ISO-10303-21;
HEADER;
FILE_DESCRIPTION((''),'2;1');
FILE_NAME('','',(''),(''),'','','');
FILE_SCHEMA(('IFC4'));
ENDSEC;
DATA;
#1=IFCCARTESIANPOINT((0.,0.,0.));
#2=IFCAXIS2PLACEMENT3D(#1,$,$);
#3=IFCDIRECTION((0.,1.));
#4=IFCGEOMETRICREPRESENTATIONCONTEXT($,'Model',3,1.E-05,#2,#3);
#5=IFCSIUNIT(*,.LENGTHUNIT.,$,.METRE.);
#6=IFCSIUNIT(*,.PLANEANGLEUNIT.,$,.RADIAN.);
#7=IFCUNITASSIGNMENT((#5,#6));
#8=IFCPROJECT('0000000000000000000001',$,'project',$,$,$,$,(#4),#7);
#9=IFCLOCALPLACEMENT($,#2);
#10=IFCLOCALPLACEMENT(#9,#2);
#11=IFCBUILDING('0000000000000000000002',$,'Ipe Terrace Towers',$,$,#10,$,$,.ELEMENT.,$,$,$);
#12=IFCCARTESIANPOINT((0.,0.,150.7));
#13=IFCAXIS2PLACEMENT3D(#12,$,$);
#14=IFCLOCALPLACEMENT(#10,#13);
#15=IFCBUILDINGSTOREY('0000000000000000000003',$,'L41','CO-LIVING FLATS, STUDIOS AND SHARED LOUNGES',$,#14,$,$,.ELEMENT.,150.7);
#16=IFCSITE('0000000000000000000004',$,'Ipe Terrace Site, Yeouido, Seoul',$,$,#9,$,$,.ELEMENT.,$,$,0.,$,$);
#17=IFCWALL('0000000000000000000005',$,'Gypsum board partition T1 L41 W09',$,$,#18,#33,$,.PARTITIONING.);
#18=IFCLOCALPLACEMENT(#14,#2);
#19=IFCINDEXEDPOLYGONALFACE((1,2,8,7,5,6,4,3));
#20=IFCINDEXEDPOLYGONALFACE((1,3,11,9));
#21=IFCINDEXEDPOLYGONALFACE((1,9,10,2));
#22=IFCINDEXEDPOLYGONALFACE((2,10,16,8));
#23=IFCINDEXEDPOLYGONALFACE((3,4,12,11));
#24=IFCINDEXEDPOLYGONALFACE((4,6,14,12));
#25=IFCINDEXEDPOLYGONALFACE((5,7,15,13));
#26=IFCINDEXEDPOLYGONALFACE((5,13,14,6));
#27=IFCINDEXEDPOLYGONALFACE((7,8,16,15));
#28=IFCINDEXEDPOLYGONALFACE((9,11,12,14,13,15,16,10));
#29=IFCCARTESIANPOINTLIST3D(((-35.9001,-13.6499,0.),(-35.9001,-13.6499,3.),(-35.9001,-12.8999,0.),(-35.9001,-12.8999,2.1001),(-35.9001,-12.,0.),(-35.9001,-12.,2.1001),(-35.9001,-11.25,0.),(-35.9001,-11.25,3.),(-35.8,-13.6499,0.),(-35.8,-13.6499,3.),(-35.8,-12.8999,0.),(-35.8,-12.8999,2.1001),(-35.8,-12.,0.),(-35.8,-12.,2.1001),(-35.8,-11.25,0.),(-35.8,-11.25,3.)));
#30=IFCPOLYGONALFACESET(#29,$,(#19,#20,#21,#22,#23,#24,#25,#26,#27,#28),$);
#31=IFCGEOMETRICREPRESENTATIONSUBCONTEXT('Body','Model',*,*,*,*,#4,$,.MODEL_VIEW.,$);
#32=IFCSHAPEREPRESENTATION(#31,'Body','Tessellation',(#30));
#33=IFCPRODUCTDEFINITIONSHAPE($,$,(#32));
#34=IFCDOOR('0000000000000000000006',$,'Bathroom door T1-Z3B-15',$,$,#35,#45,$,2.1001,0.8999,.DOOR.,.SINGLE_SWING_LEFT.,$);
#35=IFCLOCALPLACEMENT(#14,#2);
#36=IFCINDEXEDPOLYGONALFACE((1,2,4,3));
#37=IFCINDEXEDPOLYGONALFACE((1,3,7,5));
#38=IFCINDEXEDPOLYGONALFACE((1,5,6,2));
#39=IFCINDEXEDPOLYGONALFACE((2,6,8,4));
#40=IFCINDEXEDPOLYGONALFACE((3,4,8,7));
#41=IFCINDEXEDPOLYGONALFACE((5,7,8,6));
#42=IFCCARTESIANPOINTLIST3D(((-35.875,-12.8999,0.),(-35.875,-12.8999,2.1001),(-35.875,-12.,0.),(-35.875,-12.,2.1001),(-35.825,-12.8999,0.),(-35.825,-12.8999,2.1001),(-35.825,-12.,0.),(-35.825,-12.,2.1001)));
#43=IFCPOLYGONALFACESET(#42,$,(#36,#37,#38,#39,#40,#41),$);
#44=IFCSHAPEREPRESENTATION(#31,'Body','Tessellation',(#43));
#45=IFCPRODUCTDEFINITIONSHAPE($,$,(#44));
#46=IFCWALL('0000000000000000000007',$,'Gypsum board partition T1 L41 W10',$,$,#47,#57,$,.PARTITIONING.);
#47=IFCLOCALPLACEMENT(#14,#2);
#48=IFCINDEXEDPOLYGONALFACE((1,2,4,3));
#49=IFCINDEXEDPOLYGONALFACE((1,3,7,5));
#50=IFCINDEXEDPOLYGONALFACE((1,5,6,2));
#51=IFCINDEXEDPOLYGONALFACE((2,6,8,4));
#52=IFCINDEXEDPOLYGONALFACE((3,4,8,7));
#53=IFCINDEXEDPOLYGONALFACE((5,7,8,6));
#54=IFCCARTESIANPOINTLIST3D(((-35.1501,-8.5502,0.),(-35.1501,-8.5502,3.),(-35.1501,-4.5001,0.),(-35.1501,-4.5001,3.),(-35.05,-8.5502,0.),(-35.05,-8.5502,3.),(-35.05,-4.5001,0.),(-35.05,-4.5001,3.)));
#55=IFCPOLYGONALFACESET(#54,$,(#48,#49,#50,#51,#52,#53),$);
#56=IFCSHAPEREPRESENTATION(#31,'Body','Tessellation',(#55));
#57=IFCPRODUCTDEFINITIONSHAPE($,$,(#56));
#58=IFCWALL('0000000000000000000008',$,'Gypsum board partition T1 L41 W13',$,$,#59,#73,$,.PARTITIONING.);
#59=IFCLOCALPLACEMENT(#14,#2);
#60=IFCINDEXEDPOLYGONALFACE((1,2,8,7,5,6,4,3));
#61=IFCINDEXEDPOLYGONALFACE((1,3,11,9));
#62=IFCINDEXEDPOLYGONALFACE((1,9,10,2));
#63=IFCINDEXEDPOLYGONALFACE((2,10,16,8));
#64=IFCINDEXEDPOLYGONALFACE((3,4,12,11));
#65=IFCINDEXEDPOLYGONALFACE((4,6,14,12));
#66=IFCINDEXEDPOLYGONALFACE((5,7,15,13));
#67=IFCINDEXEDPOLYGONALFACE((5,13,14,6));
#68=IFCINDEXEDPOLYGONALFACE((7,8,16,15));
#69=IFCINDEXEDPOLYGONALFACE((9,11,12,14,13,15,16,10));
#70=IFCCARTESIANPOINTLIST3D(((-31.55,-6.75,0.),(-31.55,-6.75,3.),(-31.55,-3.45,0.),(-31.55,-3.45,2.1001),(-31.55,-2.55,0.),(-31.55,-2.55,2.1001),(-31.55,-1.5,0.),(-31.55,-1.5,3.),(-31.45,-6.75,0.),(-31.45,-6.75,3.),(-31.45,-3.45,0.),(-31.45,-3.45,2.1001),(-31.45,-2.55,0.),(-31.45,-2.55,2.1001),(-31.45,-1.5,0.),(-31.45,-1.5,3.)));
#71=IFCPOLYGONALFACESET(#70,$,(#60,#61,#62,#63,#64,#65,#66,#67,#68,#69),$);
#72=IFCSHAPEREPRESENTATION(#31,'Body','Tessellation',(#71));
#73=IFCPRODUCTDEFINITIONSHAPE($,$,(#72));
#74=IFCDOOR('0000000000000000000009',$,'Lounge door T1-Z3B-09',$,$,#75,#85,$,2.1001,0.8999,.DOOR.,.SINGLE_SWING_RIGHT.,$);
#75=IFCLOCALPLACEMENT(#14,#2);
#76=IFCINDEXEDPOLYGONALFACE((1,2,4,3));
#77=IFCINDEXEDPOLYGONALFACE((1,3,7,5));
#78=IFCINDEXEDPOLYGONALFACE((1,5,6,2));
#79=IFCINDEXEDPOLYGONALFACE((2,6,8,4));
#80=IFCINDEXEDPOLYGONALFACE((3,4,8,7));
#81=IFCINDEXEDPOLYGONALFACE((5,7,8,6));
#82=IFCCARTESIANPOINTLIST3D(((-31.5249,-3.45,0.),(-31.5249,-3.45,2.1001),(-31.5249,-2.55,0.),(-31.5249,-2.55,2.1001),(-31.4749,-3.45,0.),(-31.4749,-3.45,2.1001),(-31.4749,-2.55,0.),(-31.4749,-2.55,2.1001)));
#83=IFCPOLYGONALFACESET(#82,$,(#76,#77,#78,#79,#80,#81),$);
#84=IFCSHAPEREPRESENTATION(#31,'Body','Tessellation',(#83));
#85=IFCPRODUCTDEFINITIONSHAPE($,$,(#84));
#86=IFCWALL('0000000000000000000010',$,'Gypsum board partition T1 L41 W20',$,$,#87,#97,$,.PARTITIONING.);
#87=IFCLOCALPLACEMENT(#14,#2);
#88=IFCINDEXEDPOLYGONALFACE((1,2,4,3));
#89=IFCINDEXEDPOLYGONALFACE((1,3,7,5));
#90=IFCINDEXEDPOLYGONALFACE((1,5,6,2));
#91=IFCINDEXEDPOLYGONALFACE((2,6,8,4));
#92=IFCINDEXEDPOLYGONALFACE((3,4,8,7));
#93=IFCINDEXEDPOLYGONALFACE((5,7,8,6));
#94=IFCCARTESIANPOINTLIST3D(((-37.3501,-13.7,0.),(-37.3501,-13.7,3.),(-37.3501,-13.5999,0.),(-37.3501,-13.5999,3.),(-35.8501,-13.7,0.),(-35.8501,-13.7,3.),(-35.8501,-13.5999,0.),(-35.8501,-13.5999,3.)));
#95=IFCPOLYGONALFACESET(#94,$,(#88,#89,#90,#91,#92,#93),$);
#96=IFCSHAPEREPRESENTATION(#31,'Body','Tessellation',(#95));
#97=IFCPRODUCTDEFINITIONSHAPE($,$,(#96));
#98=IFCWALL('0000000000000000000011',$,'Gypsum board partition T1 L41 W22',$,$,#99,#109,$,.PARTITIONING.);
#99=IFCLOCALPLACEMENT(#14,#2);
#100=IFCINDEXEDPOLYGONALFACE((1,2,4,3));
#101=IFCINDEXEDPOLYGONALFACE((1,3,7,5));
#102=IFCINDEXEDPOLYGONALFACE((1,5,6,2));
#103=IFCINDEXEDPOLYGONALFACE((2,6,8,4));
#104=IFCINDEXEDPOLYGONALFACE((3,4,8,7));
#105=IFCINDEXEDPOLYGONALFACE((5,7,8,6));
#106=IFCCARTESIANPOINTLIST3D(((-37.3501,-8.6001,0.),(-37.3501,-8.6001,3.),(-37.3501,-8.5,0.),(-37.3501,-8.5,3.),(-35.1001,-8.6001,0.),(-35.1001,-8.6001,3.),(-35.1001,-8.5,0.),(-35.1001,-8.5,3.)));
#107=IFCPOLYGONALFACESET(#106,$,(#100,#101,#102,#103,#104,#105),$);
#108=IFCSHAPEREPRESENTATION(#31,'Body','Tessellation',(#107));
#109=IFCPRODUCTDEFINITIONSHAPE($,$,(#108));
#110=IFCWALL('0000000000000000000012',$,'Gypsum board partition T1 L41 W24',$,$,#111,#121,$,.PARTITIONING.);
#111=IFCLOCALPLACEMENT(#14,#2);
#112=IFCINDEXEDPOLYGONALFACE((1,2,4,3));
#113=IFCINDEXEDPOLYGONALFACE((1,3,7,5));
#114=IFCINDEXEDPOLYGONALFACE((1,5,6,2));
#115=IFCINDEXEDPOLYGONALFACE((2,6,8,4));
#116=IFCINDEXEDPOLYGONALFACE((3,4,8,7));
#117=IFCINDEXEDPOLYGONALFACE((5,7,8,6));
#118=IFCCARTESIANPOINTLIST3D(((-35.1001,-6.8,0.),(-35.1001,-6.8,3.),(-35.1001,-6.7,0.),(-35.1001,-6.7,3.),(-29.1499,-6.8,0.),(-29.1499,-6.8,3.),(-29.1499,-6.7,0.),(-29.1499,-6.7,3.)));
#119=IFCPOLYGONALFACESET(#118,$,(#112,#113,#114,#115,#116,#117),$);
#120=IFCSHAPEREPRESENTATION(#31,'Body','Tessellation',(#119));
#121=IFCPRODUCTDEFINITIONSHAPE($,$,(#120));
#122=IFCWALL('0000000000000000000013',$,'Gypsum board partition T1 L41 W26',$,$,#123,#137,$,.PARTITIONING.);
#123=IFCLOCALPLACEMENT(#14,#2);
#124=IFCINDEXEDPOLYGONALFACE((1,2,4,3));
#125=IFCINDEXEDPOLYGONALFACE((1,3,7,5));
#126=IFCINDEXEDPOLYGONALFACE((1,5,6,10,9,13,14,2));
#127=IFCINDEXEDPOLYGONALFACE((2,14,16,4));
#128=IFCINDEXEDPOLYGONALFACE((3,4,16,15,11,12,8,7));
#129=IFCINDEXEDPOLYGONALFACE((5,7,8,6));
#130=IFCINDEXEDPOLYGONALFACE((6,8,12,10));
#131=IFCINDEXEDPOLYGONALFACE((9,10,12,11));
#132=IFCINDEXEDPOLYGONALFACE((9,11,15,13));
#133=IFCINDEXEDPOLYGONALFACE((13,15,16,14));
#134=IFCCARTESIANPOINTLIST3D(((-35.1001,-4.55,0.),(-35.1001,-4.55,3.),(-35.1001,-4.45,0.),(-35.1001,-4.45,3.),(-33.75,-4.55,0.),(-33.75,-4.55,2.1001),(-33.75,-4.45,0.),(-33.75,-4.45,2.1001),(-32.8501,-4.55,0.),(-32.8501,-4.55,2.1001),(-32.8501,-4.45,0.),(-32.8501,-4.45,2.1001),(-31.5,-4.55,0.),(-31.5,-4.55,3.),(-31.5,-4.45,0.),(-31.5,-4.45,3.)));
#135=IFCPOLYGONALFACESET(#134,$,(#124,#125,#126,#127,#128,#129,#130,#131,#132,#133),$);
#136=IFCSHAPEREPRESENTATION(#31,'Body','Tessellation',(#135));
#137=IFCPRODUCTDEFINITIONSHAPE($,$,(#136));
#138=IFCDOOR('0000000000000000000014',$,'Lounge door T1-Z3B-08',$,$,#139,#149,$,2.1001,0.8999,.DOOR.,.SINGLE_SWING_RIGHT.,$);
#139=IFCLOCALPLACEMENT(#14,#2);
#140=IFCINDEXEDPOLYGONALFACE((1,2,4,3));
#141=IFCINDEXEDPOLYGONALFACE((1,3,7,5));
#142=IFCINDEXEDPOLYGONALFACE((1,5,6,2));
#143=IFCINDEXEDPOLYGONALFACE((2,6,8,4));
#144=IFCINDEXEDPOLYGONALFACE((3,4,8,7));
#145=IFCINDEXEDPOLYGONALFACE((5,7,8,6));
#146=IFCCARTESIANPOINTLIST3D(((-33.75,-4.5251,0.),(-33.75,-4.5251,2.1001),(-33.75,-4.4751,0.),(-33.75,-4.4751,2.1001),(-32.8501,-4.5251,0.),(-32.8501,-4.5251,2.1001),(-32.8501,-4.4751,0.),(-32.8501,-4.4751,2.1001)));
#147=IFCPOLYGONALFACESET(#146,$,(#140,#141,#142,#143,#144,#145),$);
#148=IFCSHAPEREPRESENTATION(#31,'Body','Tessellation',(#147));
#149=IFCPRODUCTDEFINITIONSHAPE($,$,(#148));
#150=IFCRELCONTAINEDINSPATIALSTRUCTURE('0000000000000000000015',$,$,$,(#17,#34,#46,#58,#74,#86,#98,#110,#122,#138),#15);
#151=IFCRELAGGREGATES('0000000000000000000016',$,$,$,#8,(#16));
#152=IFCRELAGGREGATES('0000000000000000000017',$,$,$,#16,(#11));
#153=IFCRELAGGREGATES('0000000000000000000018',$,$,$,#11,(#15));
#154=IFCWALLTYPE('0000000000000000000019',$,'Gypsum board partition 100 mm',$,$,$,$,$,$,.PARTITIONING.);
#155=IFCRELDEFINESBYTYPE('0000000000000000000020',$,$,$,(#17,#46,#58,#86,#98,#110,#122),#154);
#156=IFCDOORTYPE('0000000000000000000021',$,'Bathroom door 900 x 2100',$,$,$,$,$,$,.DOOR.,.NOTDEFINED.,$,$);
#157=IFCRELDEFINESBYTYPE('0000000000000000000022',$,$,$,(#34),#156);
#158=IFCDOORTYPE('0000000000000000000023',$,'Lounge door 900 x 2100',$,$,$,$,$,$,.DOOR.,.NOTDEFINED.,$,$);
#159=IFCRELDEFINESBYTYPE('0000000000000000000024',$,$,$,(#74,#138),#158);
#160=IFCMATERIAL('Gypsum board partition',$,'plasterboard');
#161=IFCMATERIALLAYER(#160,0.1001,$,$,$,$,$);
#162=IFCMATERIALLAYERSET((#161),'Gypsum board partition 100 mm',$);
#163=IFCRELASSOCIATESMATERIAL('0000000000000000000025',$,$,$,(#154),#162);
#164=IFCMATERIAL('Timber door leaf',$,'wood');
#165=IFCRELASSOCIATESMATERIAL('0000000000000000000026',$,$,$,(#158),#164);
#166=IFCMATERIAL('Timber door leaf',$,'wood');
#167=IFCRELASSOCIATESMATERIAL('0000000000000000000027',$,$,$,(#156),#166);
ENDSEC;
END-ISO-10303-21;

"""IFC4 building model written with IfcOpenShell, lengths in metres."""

from ifc_helpers import new_model, si_unit, direction, frame, frame_2d, origin, place, context, subcontext, project, spatial, rectangle, extrude, material, layer, layer_set, type_object, element, fill, save


model = new_model("IFC4")

# Units and contexts
model_context = context("Model", 3, precision=1e-05, world=origin(), true_north=direction((0.0, 1.0)))
body_context = subcontext(model_context, "Body", "Model", "MODEL_VIEW")
ifc_project = project(units=[si_unit("LENGTHUNIT", "METRE"), si_unit("PLANEANGLEUNIT", "RADIAN")], contexts=[model_context])

# Site, building, storey
site_placement = place(None, origin())
site = spatial("IfcSite", under=ifc_project, at=site_placement, Name="Ipe Terrace Site, Yeouido, Seoul", CompositionType="ELEMENT", RefElevation=0.0)
building_placement = place(site_placement, origin())
building = spatial("IfcBuilding", under=site, at=building_placement, Name="Ipe Terrace Towers", CompositionType="ELEMENT")
storey_placement = place(building_placement, frame((0.0, 0.0, 150.7)))
storey = spatial("IfcBuildingStorey", under=building, at=storey_placement, Name="L41", Description="CO-LIVING FLATS, STUDIOS AND SHARED LOUNGES", CompositionType="ELEMENT", Elevation=150.7)

# Shared definitions
ifc_material_1 = material(Name="Gypsum board partition", Category="plasterboard")
ifc_layer_1 = layer(ifc_material_1, 0.1001)
ifc_layer_set_1 = layer_set([ifc_layer_1], Name="Gypsum board partition 100 mm")
wall_type_1 = type_object("IfcWallType", Name="Gypsum board partition 100 mm", PredefinedType="PARTITIONING", material=ifc_layer_set_1)
ifc_material_2 = material(Name="Timber door leaf", Category="wood")
door_type_1 = type_object("IfcDoorType", Name="Lounge door 900 x 2100", OperationType="NOTDEFINED", PredefinedType="DOOR", material=ifc_material_2)

# Wall, opening, door
wall_1_placement = place(storey_placement, frame((-35.8501, -13.6499, 0.0), z_axis=(0.0, 0.0, 1.0), x_axis=(0.0, 1.0, 0.0)))
wall_1 = element("IfcWall", 1, at=wall_1_placement, inside=storey, type_object=wall_type_1, Name="Gypsum board partition T1 L41 W09", PredefinedType="PARTITIONING", context=body_context, shape_type="SweptSolid", body=[
    extrude(rectangle(XDim=2.3999, YDim=0.1001, at=frame_2d((1.2, 0.0))), origin(), (0.0, 0.0, 1.0), 3.0),
])
opening_1_placement = place(wall_1_placement, frame((0.75, 0.0, 0.0)))
opening_1 = element("IfcOpeningElement", 2, at=opening_1_placement, cuts=wall_1, PredefinedType="OPENING", context=body_context, shape_type="SweptSolid", body=[
    extrude(rectangle(XDim=0.8999, YDim=2.1001, at=frame_2d((0.45, 1.05))), frame((0.0, 0.0601, 0.0), z_axis=(0.0, -1.0, 0.0), x_axis=(1.0, 0.0, 0.0)), (0.0, 0.0, 1.0), 0.1201),
])
ifc_material_3 = material(Name="Timber door leaf", Category="wood")
door_type_2 = type_object("IfcDoorType", Name="Bathroom door 900 x 2100", OperationType="NOTDEFINED", PredefinedType="DOOR", material=ifc_material_3)
door_1_placement = place(opening_1_placement, origin())
door_1 = element("IfcDoor", 3, at=door_1_placement, inside=storey, type_object=door_type_2, Name="Bathroom door T1-Z3B-15", OperationType="SINGLE_SWING_LEFT", OverallHeight=2.1001, OverallWidth=0.8999, PredefinedType="DOOR", context=body_context, shape_type="SweptSolid", body=[
    extrude(rectangle(XDim=0.8999, YDim=2.1001, at=frame_2d((0.45, 1.05))), frame((0.0, 0.0249, 0.0), z_axis=(0.0, -1.0, 0.0), x_axis=(1.0, 0.0, 0.0)), (0.0, 0.0, 1.0), 0.05),
])
fill(opening_1, door_1)

# Wall
wall_2_placement = place(storey_placement, frame((-35.1001, -8.55, 0.0), z_axis=(0.0, 0.0, 1.0), x_axis=(0.0, 1.0, 0.0)))
element("IfcWall", 4, at=wall_2_placement, inside=storey, type_object=wall_type_1, Name="Gypsum board partition T1 L41 W10", PredefinedType="PARTITIONING", context=body_context, shape_type="SweptSolid", body=[
    extrude(rectangle(XDim=4.05, YDim=0.1001, at=frame_2d((2.0249, 0.0))), origin(), (0.0, 0.0, 1.0), 3.0),
])

# Wall, opening, door
wall_3_placement = place(storey_placement, frame((-31.5, -6.75, 0.0), z_axis=(0.0, 0.0, 1.0), x_axis=(0.0, 1.0, 0.0)))
wall_3 = element("IfcWall", 5, at=wall_3_placement, inside=storey, type_object=wall_type_1, Name="Gypsum board partition T1 L41 W13", PredefinedType="PARTITIONING", context=body_context, shape_type="SweptSolid", body=[
    extrude(rectangle(XDim=5.25, YDim=0.1001, at=frame_2d((2.625, 0.0))), origin(), (0.0, 0.0, 1.0), 3.0),
])
opening_2_placement = place(wall_3_placement, frame((3.3, 0.0, 0.0)))
opening_2 = element("IfcOpeningElement", 6, at=opening_2_placement, cuts=wall_3, PredefinedType="OPENING", context=body_context, shape_type="SweptSolid", body=[
    extrude(rectangle(XDim=0.8999, YDim=2.1001, at=frame_2d((0.45, 1.05))), frame((0.0, 0.0601, 0.0), z_axis=(0.0, -1.0, 0.0), x_axis=(1.0, 0.0, 0.0)), (0.0, 0.0, 1.0), 0.1201),
])
door_2_placement = place(opening_2_placement, origin())
door_2 = element("IfcDoor", 7, at=door_2_placement, inside=storey, type_object=door_type_1, Name="Lounge door T1-Z3B-09", OperationType="SINGLE_SWING_RIGHT", OverallHeight=2.1001, OverallWidth=0.8999, PredefinedType="DOOR", context=body_context, shape_type="SweptSolid", body=[
    extrude(rectangle(XDim=0.8999, YDim=2.1001, at=frame_2d((0.45, 1.05))), frame((0.0, 0.0249, 0.0), z_axis=(0.0, -1.0, 0.0), x_axis=(1.0, 0.0, 0.0)), (0.0, 0.0, 1.0), 0.05),
])
fill(opening_2, door_2)

# Walls
wall_4_placement = place(storey_placement, frame((-37.3501, -13.6499, 0.0), z_axis=(0.0, 0.0, 1.0), x_axis=(1.0, 0.0, 0.0)))
element("IfcWall", 8, at=wall_4_placement, inside=storey, type_object=wall_type_1, Name="Gypsum board partition T1 L41 W20", PredefinedType="PARTITIONING", context=body_context, shape_type="SweptSolid", body=[
    extrude(rectangle(XDim=1.5, YDim=0.1001, at=frame_2d((0.75, 0.0))), origin(), (0.0, 0.0, 1.0), 3.0),
])
wall_5_placement = place(storey_placement, frame((-37.3501, -8.55, 0.0), z_axis=(0.0, 0.0, 1.0), x_axis=(1.0, 0.0, 0.0)))
element("IfcWall", 9, at=wall_5_placement, inside=storey, type_object=wall_type_1, Name="Gypsum board partition T1 L41 W22", PredefinedType="PARTITIONING", context=body_context, shape_type="SweptSolid", body=[
    extrude(rectangle(XDim=2.25, YDim=0.1001, at=frame_2d((1.125, 0.0))), origin(), (0.0, 0.0, 1.0), 3.0),
])
wall_6_placement = place(storey_placement, frame((-35.1001, -6.75, 0.0), z_axis=(0.0, 0.0, 1.0), x_axis=(1.0, 0.0, 0.0)))
element("IfcWall", 10, at=wall_6_placement, inside=storey, type_object=wall_type_1, Name="Gypsum board partition T1 L41 W24", PredefinedType="PARTITIONING", context=body_context, shape_type="SweptSolid", body=[
    extrude(rectangle(XDim=5.9502, YDim=0.1001, at=frame_2d((2.9751, 0.0))), origin(), (0.0, 0.0, 1.0), 3.0),
])

# Wall, opening, door
wall_7_placement = place(storey_placement, frame((-35.1001, -4.5, 0.0), z_axis=(0.0, 0.0, 1.0), x_axis=(1.0, 0.0, 0.0)))
wall_7 = element("IfcWall", 11, at=wall_7_placement, inside=storey, type_object=wall_type_1, Name="Gypsum board partition T1 L41 W26", PredefinedType="PARTITIONING", context=body_context, shape_type="SweptSolid", body=[
    extrude(rectangle(XDim=3.6001, YDim=0.1001, at=frame_2d((1.8, 0.0))), origin(), (0.0, 0.0, 1.0), 3.0),
])
opening_3_placement = place(wall_7_placement, frame((1.3501, 0.0, 0.0)))
opening_3 = element("IfcOpeningElement", 12, at=opening_3_placement, cuts=wall_7, PredefinedType="OPENING", context=body_context, shape_type="SweptSolid", body=[
    extrude(rectangle(XDim=0.8999, YDim=2.1001, at=frame_2d((0.45, 1.05))), frame((0.0, 0.0601, 0.0), z_axis=(0.0, -1.0, 0.0), x_axis=(1.0, 0.0, 0.0)), (0.0, 0.0, 1.0), 0.1201),
])
door_3_placement = place(opening_3_placement, origin())
door_3 = element("IfcDoor", 13, at=door_3_placement, inside=storey, type_object=door_type_1, Name="Lounge door T1-Z3B-08", OperationType="SINGLE_SWING_RIGHT", OverallHeight=2.1001, OverallWidth=0.8999, PredefinedType="DOOR", context=body_context, shape_type="SweptSolid", body=[
    extrude(rectangle(XDim=0.8999, YDim=2.1001, at=frame_2d((0.45, 1.05))), frame((0.0, 0.0249, 0.0), z_axis=(0.0, -1.0, 0.0), x_axis=(1.0, 0.0, 0.0)), (0.0, 0.0, 1.0), 0.05),
])
fill(opening_3, door_3)

save(model, "model.ifc")
